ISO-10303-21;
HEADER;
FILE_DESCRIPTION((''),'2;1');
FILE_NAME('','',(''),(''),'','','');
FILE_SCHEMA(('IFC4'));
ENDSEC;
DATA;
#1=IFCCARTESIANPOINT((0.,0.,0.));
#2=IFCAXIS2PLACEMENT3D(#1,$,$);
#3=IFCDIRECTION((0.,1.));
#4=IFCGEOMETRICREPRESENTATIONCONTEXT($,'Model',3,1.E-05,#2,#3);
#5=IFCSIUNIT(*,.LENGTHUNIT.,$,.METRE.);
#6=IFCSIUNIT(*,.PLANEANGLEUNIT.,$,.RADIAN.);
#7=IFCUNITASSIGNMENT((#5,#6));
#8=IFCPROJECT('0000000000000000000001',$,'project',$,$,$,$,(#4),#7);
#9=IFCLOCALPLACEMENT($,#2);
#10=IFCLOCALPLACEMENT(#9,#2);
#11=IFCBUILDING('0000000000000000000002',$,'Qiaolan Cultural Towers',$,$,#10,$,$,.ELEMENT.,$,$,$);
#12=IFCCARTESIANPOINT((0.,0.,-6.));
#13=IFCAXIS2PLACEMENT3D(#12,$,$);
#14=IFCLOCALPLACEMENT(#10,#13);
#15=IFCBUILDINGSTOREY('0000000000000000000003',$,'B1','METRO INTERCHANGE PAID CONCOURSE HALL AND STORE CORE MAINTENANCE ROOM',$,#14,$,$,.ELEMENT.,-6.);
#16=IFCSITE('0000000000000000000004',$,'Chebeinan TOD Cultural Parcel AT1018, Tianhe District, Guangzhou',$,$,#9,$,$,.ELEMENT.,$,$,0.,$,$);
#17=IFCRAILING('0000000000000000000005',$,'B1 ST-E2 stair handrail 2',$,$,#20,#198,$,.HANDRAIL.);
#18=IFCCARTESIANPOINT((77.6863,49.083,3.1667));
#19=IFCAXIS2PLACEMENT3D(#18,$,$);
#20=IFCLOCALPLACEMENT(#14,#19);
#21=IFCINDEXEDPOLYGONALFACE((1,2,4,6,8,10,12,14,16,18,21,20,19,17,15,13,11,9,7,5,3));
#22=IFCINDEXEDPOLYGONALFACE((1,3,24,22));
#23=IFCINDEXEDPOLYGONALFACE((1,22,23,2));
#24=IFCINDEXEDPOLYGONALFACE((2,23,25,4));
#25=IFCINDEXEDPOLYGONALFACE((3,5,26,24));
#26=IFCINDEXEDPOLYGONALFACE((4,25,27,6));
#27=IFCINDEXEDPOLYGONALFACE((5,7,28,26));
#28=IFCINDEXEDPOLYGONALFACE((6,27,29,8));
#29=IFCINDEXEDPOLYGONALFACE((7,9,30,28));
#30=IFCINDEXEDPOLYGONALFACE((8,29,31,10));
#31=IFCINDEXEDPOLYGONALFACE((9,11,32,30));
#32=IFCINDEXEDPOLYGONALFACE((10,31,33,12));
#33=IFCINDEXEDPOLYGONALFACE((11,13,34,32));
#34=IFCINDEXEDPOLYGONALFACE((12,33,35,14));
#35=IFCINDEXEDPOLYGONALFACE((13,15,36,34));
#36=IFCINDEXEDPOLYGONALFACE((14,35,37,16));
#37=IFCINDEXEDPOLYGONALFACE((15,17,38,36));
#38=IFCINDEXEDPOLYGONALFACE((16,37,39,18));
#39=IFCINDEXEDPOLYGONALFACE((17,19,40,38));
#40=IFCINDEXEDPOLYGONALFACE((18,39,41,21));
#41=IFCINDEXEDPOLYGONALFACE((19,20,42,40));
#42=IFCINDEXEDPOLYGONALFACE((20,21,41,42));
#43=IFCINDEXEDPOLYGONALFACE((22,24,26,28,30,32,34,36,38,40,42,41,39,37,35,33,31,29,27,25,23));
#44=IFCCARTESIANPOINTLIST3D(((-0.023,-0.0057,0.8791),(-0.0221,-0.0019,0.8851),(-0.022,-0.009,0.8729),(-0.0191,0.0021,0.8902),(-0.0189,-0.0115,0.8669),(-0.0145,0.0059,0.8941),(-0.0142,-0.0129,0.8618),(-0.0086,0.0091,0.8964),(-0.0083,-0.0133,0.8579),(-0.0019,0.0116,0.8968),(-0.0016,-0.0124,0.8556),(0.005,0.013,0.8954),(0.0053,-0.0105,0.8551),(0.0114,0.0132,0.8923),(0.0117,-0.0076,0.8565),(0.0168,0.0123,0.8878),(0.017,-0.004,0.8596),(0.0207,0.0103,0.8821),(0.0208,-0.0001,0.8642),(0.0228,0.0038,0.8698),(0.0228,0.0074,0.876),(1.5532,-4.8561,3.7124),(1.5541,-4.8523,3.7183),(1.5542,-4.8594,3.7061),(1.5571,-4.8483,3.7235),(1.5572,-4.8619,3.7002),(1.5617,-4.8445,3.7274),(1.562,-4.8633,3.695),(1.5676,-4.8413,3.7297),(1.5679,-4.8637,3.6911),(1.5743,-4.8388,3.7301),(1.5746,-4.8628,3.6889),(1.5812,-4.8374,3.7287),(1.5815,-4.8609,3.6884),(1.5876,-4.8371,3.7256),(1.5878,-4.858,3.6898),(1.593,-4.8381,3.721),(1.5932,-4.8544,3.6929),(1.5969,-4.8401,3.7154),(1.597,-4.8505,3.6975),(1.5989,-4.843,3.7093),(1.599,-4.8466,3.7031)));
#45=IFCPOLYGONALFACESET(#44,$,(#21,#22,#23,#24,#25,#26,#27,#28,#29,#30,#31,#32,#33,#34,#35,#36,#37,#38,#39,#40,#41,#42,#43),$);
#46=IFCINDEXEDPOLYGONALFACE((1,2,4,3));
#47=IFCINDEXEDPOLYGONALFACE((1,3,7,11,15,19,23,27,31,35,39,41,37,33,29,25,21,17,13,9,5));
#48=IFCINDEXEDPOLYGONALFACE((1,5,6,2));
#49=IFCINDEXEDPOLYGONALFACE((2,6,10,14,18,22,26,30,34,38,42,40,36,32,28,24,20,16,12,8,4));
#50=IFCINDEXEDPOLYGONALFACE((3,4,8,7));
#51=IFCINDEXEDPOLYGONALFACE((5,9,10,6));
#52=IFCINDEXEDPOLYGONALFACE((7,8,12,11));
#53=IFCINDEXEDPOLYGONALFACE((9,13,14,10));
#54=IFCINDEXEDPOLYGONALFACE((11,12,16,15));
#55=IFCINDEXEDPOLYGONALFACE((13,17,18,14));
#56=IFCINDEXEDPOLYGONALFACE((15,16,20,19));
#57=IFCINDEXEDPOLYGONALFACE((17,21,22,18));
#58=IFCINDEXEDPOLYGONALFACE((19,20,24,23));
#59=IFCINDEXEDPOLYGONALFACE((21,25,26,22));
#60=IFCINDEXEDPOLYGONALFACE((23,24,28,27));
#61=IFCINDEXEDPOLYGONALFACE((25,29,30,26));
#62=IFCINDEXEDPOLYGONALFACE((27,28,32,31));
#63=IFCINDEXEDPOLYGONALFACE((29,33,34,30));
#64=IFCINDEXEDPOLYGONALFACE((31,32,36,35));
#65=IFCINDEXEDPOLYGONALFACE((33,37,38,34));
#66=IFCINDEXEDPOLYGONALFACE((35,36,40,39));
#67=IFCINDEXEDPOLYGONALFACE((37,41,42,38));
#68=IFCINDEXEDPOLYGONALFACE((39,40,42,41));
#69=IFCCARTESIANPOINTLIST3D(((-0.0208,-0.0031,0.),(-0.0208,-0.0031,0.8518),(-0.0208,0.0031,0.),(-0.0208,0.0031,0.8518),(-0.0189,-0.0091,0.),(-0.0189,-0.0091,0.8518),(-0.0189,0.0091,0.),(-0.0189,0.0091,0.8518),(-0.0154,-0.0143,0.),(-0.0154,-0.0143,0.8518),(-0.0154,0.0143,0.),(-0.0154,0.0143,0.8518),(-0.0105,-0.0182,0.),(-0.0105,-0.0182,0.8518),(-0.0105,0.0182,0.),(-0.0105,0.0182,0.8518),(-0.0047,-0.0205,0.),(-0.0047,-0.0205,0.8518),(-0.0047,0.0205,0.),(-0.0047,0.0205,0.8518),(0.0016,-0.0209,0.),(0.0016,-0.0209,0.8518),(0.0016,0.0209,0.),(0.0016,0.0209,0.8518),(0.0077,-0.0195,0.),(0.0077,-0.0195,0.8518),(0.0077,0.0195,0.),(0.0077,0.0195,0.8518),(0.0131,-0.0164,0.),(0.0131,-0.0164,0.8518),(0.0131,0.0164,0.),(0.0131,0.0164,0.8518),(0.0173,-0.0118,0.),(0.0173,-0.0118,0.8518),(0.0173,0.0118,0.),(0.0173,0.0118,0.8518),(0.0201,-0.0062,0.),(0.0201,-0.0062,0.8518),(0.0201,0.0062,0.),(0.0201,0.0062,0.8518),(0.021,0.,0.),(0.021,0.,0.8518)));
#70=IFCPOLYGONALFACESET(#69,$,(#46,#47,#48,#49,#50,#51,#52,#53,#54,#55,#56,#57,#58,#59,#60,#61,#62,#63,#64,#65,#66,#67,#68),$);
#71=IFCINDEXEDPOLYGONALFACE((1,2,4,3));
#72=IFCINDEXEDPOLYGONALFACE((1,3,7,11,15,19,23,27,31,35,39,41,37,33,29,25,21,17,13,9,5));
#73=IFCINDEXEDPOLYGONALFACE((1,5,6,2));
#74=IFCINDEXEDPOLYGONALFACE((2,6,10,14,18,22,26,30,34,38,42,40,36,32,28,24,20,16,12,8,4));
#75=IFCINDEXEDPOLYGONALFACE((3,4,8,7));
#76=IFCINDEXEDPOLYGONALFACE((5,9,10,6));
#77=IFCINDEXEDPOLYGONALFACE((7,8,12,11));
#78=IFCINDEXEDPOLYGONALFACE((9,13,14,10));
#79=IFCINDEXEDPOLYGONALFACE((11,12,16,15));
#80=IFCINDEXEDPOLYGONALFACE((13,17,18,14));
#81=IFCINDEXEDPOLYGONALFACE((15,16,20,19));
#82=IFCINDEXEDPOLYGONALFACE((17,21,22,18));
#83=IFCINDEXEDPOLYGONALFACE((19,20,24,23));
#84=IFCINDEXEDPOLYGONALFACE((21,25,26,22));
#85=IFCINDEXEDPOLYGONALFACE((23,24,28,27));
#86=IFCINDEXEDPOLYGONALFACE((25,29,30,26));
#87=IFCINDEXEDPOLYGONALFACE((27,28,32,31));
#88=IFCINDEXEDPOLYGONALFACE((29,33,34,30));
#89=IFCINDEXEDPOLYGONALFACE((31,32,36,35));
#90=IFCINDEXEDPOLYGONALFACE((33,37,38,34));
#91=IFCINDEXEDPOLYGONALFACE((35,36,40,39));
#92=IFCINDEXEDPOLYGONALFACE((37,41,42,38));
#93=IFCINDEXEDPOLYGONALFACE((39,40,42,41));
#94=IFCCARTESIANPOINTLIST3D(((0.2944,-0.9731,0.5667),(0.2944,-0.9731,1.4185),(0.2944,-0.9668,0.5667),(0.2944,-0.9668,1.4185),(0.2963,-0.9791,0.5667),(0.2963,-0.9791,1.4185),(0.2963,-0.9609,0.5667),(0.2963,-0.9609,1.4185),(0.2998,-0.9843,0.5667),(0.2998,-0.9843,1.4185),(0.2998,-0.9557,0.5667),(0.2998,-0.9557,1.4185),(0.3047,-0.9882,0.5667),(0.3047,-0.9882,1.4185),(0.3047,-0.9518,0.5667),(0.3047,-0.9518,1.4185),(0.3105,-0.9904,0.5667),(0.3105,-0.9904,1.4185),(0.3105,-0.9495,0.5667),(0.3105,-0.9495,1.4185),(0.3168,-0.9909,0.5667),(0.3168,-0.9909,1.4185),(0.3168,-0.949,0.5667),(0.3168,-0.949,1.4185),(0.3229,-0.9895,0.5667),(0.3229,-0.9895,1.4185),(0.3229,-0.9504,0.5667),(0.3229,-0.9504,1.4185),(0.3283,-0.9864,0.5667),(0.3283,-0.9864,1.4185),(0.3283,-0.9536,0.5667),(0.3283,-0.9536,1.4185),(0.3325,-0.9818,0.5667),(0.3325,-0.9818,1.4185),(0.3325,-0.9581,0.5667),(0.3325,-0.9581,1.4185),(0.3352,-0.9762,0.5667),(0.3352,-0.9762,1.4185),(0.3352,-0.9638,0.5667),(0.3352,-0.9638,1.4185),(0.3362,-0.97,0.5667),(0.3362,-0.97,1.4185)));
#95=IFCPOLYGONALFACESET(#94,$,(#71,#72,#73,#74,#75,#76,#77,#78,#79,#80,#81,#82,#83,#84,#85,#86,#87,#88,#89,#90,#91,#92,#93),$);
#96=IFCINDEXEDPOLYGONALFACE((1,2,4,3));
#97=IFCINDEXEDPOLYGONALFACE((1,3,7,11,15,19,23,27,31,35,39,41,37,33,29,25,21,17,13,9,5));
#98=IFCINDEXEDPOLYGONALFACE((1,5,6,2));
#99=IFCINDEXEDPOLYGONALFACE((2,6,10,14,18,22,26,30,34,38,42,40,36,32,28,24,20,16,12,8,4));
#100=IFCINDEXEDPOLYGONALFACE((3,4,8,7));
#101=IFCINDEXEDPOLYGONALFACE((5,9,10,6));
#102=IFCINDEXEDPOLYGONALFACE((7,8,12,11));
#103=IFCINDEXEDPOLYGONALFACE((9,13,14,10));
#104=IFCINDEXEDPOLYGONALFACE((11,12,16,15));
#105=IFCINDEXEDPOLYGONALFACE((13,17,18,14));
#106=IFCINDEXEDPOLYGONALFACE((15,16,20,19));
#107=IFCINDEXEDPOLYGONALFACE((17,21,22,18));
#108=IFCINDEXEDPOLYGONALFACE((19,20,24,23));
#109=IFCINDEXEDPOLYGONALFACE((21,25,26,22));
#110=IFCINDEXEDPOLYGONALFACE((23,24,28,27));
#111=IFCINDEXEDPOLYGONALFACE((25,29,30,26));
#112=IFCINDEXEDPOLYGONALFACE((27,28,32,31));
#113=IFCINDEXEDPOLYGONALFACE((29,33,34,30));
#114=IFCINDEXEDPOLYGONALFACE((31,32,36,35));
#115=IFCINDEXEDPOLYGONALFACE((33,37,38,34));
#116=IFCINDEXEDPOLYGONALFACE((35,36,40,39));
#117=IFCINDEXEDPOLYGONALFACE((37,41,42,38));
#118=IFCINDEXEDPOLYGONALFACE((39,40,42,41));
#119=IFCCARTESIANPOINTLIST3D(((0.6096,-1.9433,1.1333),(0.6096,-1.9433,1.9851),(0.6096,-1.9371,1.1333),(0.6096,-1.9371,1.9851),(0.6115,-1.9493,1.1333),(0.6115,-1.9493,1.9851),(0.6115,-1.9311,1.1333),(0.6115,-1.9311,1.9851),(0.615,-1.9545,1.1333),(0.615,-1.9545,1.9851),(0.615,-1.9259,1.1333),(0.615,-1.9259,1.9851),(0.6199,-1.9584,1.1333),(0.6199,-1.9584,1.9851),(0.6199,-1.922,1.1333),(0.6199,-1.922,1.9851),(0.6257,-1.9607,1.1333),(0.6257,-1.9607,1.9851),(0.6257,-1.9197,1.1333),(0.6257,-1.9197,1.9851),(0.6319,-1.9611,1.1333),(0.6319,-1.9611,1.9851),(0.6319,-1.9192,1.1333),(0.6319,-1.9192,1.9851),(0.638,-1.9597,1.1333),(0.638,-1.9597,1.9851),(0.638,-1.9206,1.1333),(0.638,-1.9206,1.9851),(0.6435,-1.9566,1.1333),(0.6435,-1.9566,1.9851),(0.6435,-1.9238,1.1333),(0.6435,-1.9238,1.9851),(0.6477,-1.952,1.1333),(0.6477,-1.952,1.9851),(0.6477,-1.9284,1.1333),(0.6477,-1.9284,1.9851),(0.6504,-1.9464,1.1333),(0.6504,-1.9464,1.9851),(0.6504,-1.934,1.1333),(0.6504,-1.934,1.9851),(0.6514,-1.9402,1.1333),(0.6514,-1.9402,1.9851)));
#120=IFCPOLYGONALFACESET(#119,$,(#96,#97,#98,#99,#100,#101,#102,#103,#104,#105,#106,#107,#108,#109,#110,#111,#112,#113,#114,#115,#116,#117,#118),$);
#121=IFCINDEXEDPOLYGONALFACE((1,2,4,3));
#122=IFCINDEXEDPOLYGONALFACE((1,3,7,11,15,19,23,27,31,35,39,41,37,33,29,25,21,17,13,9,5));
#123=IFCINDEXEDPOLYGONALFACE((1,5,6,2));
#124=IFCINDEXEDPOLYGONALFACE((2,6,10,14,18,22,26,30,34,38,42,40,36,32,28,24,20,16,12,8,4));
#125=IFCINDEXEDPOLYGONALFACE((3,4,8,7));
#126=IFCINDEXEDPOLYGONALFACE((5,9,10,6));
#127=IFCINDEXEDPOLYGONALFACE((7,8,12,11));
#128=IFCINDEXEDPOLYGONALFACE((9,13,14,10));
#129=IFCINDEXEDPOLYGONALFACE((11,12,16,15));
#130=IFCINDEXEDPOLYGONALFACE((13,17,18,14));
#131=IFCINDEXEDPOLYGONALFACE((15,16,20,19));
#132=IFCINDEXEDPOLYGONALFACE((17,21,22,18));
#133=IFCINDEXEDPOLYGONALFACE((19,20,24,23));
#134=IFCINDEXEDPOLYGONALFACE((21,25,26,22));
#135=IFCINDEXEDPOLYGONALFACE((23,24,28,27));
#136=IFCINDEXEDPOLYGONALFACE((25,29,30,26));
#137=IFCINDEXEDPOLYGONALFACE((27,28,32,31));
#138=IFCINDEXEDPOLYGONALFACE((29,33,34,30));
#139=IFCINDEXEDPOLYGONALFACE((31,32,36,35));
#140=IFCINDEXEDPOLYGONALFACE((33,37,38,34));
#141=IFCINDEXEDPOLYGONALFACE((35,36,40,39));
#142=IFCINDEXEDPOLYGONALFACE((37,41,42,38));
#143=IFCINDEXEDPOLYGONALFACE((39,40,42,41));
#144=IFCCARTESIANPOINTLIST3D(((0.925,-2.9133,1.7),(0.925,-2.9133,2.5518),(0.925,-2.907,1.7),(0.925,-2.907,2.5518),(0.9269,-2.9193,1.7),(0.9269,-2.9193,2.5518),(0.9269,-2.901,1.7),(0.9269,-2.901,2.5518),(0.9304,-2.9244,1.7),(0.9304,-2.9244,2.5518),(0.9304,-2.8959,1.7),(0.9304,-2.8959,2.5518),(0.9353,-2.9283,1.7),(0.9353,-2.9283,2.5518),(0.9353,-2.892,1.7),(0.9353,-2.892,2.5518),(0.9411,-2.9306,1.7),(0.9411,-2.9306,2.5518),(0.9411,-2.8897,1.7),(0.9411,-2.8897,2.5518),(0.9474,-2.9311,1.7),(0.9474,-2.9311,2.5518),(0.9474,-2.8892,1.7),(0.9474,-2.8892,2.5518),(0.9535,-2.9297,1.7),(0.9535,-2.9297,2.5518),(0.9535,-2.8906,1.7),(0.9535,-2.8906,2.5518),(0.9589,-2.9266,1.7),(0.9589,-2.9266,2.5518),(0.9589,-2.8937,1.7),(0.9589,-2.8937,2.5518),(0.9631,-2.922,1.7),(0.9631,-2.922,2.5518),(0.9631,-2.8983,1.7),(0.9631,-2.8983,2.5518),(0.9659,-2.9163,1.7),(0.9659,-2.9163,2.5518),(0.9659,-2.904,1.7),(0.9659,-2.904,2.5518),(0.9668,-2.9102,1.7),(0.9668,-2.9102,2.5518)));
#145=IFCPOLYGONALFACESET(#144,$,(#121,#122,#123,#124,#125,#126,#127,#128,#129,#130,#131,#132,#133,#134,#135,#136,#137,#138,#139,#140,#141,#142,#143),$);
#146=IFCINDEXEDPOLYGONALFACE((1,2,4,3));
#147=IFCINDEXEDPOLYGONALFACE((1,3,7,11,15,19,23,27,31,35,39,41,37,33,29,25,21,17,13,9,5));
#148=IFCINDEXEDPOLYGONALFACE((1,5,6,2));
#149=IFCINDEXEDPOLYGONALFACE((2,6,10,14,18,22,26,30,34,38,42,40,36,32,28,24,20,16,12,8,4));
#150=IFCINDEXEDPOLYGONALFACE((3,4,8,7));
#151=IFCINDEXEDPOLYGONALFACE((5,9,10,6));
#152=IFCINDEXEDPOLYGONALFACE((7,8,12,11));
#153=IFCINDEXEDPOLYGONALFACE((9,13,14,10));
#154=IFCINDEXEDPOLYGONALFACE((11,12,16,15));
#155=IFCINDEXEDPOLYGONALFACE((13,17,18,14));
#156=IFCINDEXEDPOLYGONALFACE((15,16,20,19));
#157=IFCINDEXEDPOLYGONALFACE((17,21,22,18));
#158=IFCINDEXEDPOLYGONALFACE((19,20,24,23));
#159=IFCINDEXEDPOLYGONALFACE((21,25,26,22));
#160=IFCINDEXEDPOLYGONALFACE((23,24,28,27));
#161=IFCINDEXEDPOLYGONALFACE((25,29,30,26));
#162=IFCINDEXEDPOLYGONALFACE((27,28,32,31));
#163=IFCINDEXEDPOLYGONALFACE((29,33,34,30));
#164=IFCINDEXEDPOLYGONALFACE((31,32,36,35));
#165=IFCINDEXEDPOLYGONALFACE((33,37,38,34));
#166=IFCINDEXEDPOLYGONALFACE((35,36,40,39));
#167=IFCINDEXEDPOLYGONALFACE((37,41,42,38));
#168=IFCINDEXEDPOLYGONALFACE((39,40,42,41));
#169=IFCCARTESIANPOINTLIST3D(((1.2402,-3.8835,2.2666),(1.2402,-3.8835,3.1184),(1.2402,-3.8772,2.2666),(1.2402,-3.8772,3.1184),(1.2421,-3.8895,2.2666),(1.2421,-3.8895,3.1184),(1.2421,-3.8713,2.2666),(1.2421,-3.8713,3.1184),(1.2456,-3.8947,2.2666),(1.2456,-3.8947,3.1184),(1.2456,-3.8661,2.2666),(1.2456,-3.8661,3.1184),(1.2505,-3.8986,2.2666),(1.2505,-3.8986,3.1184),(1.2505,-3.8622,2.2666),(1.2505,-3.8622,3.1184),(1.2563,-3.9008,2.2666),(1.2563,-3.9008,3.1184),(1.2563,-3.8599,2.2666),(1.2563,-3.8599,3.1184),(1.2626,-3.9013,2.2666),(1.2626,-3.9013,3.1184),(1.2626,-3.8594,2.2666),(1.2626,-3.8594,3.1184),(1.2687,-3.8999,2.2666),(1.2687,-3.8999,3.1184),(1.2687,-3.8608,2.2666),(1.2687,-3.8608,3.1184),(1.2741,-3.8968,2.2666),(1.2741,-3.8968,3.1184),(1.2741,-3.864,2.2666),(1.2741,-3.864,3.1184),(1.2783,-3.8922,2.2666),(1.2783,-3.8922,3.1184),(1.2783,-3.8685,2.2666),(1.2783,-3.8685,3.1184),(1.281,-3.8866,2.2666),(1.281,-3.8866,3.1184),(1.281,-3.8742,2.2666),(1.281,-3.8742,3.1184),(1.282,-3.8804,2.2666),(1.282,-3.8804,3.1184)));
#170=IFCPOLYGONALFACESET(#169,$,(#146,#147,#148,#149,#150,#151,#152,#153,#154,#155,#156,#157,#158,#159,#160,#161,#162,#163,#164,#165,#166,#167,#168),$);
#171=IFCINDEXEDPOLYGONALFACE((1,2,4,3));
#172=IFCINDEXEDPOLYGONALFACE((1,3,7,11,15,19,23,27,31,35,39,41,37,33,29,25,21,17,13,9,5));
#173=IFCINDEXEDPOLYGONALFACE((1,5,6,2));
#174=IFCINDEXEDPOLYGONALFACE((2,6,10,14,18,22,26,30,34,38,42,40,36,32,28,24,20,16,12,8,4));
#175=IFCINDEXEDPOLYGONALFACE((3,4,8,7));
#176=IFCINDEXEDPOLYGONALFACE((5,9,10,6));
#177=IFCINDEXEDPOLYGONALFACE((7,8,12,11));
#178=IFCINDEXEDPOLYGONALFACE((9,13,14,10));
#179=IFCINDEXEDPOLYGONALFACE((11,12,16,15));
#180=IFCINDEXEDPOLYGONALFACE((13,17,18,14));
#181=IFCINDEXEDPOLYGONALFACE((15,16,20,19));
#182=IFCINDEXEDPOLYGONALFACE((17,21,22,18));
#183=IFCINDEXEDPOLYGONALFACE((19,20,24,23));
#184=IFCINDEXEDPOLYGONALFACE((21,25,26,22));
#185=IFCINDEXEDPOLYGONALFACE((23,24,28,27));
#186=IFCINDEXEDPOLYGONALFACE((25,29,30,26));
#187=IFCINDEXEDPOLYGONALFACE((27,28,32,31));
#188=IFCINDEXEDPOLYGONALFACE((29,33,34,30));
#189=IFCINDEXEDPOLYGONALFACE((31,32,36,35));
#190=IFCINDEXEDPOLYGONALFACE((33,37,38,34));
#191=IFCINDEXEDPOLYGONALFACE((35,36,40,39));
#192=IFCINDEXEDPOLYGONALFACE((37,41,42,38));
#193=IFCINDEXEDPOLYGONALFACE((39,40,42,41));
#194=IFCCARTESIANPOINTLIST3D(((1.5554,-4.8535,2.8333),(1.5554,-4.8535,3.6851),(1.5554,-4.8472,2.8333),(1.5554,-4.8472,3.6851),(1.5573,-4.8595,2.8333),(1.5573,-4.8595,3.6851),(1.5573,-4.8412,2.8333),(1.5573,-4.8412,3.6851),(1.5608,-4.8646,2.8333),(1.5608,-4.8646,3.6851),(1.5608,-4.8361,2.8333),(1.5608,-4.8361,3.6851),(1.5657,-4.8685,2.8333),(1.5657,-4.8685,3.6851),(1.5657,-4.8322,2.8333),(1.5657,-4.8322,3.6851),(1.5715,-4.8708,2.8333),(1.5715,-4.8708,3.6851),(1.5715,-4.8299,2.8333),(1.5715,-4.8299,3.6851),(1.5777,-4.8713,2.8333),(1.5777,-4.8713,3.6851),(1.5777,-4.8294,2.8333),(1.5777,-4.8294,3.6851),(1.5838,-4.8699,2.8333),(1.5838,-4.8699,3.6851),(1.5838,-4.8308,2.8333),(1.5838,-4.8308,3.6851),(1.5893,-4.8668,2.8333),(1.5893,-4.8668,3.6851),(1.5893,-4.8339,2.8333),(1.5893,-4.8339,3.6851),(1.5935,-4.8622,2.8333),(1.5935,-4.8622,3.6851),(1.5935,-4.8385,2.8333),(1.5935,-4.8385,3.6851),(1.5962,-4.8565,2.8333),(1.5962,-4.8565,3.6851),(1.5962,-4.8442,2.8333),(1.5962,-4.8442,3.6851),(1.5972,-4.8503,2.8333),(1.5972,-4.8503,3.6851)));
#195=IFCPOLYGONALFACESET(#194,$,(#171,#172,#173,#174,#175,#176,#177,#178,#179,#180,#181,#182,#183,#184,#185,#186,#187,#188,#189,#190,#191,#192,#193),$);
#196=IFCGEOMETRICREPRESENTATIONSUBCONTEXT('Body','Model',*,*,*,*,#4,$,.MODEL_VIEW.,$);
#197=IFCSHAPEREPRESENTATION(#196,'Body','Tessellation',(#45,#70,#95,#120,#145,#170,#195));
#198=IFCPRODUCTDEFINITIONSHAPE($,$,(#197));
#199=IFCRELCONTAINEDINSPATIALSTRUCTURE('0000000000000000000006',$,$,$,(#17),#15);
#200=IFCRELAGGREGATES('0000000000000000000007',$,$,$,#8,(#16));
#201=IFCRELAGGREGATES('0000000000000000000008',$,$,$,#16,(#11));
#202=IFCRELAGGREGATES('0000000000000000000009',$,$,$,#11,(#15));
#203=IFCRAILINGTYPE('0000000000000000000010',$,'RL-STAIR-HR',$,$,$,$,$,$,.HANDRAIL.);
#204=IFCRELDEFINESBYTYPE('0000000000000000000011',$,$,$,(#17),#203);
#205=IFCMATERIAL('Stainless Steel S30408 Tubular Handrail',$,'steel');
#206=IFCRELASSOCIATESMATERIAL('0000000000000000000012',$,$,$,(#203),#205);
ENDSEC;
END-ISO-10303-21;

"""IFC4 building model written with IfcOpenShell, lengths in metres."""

from ifc_helpers import new_model, si_unit, direction, frame, origin, origin_2d, place, context, subcontext, project, spatial, circle, extrude, material, type_object, element, save


model = new_model("IFC4")

# Units and contexts
model_context = context("Model", 3, precision=1e-05, world=origin(), true_north=direction((0.0, 1.0)))
body_context = subcontext(model_context, "Body", "Model", "MODEL_VIEW")
ifc_project = project(units=[si_unit("LENGTHUNIT", "METRE"), si_unit("PLANEANGLEUNIT", "RADIAN")], contexts=[model_context])

# Site, building, storey
site_placement = place(None, origin())
site = spatial("IfcSite", under=ifc_project, at=site_placement, Name="Chebeinan TOD Cultural Parcel AT1018, Tianhe District, Guangzhou", CompositionType="ELEMENT", RefElevation=0.0)
building_placement = place(site_placement, origin())
building = spatial("IfcBuilding", under=site, at=building_placement, Name="Qiaolan Cultural Towers", CompositionType="ELEMENT")
storey_placement = place(building_placement, frame((0.0, 0.0, -6.0)))
storey = spatial("IfcBuildingStorey", under=building, at=storey_placement, Name="B1", Description="METRO INTERCHANGE PAID CONCOURSE HALL AND STORE CORE MAINTENANCE ROOM", CompositionType="ELEMENT", Elevation=-6.0)

# Railing
ifc_material_1 = material(Name="Stainless Steel S30408 Tubular Handrail", Category="steel")
railing_type_1 = type_object("IfcRailingType", Name="RL-STAIR-HR", PredefinedType="HANDRAIL", material=ifc_material_1)
railing_1_placement = place(storey_placement, frame((77.6863, 49.083, 3.1667)))
element("IfcRailing", 1, at=railing_1_placement, inside=storey, type_object=railing_type_1, Name="B1 ST-E2 stair handrail 2", PredefinedType="HANDRAIL", context=body_context, shape_type="SweptSolid", body=[
    extrude(circle(Radius=0.0239, at=origin_2d()), frame((0.0, 0.0, 0.876), z_axis=(0.270162, -0.831369, 0.485631), x_axis=(0.951045, 0.309053, 0.0)), (0.0, 0.0, 1.0), 5.8342),
    extrude(circle(Radius=0.021, at=origin_2d()), origin(), (0.0, 0.0, 1.0), 0.8518),
    extrude(circle(Radius=0.021, at=origin_2d()), frame((0.3152, -0.97, 0.5667)), (0.0, 0.0, 1.0), 0.8518),
    extrude(circle(Radius=0.021, at=origin_2d()), frame((0.6304, -1.9402, 1.1333)), (0.0, 0.0, 1.0), 0.8518),
    extrude(circle(Radius=0.021, at=origin_2d()), frame((0.9458, -2.9102, 1.7)), (0.0, 0.0, 1.0), 0.8518),
    extrude(circle(Radius=0.021, at=origin_2d()), frame((1.261, -3.8804, 2.2666)), (0.0, 0.0, 1.0), 0.8518),
    extrude(circle(Radius=0.021, at=origin_2d()), frame((1.5762, -4.8503, 2.8333)), (0.0, 0.0, 1.0), 0.8518),
])

save(model, "model.ifc")
